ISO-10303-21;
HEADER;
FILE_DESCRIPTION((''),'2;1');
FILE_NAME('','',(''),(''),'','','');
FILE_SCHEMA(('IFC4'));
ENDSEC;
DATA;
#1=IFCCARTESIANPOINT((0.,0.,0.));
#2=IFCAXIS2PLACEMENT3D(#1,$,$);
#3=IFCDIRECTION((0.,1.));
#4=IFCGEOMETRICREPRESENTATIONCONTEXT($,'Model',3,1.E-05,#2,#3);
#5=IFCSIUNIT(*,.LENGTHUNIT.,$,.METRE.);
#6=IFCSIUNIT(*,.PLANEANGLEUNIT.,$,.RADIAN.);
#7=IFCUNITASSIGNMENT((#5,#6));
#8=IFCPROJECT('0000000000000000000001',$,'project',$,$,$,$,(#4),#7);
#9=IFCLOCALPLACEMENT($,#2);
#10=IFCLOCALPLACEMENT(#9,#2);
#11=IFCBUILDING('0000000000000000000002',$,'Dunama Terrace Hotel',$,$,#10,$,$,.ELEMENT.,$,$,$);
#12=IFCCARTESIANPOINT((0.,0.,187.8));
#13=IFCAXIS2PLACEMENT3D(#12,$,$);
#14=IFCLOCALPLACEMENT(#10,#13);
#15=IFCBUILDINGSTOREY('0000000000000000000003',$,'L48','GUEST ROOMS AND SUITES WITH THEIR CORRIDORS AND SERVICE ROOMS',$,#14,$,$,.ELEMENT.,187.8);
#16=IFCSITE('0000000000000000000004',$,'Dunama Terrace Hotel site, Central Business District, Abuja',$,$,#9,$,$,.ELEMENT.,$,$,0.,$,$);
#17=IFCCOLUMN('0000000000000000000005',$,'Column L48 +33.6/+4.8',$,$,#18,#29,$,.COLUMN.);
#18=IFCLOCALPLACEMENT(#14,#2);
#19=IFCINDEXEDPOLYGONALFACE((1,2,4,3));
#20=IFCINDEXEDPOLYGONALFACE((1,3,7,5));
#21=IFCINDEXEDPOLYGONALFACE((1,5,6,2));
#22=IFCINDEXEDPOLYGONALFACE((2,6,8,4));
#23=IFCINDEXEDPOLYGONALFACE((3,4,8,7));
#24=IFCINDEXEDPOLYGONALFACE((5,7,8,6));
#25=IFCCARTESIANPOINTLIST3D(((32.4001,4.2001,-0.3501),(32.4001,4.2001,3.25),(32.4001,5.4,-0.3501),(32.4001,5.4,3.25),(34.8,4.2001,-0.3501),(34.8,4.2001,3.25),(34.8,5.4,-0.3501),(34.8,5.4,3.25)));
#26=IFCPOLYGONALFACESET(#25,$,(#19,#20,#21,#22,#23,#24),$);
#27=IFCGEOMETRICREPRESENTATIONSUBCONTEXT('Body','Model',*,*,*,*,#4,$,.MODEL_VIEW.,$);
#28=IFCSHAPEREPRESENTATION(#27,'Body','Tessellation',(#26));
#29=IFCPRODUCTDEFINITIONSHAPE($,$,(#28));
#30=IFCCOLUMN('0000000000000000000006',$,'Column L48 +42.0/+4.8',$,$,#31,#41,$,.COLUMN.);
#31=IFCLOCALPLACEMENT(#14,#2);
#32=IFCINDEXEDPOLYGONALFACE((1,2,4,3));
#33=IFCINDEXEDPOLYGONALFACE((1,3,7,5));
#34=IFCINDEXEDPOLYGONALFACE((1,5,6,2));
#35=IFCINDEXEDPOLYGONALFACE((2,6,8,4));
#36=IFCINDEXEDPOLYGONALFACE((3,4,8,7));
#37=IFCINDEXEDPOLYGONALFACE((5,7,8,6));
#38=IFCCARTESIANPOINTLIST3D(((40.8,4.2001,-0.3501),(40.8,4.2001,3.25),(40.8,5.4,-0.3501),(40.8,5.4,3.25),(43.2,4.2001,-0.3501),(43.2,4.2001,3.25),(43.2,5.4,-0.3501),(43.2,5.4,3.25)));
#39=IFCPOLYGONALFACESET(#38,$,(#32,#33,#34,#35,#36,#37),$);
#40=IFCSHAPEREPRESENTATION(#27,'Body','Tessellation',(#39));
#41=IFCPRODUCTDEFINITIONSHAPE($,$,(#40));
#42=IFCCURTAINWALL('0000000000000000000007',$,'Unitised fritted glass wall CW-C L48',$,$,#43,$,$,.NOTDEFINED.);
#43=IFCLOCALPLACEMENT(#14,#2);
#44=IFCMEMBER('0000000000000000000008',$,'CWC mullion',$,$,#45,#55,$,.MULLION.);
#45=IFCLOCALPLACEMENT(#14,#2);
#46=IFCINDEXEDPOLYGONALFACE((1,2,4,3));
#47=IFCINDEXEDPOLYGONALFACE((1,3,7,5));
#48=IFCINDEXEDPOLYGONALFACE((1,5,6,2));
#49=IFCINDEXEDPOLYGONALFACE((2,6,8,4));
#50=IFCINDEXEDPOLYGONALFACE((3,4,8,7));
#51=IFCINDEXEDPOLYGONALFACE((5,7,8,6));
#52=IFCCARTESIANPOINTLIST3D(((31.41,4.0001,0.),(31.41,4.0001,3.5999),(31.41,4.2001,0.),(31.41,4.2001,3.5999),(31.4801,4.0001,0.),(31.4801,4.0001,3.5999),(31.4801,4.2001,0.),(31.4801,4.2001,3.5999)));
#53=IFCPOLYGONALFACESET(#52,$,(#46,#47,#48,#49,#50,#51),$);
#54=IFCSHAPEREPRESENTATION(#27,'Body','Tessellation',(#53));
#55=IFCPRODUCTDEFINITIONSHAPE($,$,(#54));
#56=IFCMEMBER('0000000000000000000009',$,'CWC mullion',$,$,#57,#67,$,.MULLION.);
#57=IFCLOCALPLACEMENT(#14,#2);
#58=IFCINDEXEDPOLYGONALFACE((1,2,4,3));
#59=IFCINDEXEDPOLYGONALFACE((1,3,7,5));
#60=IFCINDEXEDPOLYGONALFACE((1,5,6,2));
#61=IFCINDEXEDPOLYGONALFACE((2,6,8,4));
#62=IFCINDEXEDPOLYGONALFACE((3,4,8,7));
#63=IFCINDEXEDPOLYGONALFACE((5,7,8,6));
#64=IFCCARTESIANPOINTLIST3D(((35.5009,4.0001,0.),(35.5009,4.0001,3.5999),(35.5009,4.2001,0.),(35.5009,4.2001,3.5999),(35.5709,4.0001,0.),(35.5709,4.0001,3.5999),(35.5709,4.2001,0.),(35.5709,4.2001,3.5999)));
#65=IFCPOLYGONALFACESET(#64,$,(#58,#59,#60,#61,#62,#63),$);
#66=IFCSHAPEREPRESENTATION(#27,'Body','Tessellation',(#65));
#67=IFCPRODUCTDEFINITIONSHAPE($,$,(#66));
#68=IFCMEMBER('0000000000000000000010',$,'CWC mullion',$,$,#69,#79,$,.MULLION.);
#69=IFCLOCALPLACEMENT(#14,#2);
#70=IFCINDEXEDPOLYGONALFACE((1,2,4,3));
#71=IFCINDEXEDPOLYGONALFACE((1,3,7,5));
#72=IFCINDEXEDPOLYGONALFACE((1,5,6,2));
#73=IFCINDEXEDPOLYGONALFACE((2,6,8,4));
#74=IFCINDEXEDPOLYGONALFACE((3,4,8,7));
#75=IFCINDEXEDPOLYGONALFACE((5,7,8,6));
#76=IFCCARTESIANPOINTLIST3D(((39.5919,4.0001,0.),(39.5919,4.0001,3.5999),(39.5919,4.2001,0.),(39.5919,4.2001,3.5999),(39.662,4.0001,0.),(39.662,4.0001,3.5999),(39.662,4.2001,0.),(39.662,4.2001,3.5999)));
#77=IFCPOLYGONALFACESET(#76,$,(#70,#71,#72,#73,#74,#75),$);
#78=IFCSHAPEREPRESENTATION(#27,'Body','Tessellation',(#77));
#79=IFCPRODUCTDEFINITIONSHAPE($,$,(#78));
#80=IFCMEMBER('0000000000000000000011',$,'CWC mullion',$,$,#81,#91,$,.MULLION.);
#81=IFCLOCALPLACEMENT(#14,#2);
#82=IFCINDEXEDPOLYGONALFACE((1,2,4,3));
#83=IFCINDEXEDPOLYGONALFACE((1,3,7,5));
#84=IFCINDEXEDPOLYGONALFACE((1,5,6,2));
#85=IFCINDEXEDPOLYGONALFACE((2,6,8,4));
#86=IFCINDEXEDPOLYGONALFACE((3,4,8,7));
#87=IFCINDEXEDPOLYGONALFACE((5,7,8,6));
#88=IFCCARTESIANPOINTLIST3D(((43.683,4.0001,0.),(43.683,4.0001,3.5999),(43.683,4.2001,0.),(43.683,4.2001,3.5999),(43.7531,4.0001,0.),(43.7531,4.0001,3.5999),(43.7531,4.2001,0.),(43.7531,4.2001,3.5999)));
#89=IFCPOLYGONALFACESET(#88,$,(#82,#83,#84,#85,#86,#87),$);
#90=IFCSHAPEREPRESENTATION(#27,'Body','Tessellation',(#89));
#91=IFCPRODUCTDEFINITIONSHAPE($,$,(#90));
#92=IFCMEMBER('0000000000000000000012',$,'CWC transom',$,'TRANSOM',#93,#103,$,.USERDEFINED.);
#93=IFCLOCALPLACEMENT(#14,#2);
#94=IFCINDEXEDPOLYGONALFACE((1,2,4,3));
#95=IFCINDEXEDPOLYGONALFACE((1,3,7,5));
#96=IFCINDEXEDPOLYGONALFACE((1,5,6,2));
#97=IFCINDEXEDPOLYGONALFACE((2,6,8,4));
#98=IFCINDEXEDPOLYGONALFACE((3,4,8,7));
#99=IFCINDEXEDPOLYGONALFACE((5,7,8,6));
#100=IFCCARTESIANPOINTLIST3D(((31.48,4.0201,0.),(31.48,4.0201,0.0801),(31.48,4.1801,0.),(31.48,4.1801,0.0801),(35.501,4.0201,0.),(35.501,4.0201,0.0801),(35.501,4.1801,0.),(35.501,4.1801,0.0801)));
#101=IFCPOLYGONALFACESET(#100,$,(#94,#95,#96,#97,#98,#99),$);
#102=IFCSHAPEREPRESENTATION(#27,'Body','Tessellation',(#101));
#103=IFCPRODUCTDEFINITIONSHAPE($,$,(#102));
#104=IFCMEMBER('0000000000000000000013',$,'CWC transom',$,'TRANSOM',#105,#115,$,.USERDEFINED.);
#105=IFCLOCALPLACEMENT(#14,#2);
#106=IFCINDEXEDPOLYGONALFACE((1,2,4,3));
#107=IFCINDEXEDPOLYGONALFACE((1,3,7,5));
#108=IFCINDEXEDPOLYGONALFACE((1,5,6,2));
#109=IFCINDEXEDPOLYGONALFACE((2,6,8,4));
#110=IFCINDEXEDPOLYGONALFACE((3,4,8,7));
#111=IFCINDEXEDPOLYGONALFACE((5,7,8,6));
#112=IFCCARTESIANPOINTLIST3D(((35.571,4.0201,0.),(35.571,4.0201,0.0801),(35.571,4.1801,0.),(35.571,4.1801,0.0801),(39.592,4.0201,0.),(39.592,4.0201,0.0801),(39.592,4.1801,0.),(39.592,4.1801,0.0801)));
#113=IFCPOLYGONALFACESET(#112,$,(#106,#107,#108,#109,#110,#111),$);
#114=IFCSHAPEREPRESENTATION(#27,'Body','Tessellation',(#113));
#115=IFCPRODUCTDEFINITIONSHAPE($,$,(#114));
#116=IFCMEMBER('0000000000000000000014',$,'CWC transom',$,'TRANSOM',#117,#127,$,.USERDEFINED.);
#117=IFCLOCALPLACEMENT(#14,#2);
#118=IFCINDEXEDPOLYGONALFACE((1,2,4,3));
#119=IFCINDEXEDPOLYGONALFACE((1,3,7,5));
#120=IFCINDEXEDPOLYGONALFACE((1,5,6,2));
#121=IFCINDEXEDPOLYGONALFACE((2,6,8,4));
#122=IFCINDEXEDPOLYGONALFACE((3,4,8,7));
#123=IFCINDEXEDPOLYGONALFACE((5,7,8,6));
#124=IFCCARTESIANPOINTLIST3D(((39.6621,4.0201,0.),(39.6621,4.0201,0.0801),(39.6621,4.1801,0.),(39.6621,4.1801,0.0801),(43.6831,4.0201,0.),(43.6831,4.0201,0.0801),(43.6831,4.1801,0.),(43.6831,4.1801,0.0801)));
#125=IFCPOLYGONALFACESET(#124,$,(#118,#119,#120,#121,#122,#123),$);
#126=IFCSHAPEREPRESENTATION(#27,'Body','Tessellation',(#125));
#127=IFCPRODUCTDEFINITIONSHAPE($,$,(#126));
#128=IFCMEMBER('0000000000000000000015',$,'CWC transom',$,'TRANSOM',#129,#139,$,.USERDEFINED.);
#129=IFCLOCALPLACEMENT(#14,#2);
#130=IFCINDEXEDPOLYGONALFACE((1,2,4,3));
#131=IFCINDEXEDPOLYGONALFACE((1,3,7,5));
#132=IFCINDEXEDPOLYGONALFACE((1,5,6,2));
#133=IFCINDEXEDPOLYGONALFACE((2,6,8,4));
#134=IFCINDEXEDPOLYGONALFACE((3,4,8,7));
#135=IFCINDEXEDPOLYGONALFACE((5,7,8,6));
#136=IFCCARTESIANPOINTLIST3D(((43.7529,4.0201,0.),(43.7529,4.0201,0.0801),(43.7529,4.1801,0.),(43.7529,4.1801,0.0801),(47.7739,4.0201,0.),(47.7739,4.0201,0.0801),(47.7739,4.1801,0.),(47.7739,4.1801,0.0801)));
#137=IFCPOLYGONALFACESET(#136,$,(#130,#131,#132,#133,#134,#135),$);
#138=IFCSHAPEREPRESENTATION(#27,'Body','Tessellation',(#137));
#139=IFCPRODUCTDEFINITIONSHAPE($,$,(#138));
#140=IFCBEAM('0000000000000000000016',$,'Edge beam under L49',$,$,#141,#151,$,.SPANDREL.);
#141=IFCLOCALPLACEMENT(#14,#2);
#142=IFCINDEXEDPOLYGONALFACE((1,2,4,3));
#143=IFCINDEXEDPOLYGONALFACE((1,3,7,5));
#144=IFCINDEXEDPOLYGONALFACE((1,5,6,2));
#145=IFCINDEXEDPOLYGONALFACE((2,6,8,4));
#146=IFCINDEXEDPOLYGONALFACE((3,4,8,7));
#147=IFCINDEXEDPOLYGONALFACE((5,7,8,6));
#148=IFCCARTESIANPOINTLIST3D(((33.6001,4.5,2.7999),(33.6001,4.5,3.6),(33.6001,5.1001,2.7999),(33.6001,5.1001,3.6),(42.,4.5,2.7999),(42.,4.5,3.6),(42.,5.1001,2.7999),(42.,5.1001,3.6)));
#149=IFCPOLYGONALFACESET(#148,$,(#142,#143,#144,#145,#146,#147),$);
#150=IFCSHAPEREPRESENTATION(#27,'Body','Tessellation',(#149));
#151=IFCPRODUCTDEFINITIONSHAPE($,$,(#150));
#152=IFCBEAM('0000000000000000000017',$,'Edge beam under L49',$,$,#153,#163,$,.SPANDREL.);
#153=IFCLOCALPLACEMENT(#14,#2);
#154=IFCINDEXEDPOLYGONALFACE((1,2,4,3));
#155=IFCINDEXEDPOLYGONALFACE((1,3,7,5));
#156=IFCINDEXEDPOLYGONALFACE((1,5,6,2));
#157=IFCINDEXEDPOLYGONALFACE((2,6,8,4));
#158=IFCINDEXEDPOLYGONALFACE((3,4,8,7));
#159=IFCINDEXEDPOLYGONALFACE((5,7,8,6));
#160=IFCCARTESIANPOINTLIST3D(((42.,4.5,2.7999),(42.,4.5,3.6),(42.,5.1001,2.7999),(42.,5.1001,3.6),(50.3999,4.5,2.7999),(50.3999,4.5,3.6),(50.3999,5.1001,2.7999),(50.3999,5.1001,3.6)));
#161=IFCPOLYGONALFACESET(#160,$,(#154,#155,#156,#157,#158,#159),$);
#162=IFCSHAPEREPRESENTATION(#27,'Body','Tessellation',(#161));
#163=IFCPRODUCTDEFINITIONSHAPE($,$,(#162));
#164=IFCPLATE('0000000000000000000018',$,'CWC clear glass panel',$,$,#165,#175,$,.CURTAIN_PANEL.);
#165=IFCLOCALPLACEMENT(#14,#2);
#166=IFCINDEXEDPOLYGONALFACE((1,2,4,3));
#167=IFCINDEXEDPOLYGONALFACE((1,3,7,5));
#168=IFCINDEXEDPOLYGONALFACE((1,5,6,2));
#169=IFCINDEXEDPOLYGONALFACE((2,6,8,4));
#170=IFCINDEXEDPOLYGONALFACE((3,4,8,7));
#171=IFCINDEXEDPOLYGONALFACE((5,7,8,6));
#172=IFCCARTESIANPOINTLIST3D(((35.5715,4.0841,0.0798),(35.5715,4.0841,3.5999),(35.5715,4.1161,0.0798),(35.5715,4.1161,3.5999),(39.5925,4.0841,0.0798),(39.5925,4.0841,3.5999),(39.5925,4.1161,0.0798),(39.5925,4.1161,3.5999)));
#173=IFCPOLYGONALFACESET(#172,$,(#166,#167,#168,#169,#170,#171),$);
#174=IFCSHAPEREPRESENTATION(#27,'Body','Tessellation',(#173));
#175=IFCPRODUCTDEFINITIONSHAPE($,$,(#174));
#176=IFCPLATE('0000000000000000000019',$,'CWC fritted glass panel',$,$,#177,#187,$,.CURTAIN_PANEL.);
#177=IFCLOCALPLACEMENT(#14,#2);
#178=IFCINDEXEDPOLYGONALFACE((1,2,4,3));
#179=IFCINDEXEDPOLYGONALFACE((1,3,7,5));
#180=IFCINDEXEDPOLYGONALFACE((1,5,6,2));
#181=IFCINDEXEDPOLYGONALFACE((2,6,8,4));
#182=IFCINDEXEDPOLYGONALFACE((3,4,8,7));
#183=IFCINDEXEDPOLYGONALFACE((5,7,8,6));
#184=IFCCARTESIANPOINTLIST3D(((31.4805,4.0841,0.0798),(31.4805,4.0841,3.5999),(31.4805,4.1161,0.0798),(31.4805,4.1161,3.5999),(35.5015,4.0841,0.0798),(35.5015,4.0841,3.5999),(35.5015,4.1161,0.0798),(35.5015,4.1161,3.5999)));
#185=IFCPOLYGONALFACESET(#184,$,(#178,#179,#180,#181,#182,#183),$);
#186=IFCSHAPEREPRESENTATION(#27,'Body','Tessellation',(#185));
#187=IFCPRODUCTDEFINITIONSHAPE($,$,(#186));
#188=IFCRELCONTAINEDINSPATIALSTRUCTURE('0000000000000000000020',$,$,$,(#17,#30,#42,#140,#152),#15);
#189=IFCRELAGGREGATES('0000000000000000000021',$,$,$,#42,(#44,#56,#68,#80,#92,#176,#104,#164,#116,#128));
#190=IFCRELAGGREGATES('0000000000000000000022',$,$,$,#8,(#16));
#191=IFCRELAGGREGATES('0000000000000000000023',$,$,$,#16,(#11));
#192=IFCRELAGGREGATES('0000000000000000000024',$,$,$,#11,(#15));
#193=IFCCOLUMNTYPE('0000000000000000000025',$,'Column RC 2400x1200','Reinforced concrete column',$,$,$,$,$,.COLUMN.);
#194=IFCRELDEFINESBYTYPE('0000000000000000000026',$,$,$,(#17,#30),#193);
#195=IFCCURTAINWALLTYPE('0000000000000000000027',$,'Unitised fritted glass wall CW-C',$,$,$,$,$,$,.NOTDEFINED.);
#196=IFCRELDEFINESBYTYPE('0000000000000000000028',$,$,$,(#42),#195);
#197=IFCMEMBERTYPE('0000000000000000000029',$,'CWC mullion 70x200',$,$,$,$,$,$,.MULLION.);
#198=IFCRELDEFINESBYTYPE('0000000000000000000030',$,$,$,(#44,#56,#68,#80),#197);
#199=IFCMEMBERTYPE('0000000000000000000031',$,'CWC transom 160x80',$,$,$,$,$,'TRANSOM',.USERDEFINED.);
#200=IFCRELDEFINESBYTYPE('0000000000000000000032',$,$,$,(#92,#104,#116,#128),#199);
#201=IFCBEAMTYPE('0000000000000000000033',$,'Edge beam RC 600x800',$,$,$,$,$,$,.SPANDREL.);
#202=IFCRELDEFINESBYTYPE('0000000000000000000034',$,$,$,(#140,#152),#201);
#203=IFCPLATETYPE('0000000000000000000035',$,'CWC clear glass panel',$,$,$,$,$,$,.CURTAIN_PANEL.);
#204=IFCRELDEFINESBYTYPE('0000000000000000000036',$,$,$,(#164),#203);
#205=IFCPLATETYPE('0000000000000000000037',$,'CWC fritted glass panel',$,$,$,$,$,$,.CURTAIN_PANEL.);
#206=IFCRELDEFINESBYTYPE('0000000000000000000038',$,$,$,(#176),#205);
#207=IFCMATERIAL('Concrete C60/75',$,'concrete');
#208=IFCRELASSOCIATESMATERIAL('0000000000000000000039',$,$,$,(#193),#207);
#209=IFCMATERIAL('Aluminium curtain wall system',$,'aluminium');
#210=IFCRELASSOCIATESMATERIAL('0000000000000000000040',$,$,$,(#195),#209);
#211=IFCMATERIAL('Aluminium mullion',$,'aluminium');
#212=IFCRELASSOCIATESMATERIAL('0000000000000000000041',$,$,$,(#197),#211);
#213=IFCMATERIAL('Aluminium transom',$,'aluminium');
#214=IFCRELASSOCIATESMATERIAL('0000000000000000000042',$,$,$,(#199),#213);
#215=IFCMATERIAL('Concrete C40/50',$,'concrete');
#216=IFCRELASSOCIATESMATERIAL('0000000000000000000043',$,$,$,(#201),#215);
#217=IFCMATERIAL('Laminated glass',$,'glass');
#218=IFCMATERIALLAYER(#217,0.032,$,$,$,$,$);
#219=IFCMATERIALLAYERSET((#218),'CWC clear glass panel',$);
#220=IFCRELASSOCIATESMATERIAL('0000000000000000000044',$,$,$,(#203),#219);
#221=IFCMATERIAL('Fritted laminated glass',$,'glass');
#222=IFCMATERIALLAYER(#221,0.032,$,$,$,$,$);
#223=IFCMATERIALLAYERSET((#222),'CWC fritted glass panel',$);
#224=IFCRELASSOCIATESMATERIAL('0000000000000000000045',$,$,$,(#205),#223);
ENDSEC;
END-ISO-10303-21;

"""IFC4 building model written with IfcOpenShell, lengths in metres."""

from ifc_helpers import new_model, si_unit, direction, frame, origin, origin_2d, place, context, subcontext, project, spatial, rectangle, extrude, material, layer, layer_set, material_profile, profile_set, type_object, element, aggregate, save


model = new_model("IFC4")

# Units and contexts
model_context = context("Model", 3, precision=1e-05, world=origin(), true_north=direction((0.0, 1.0)))
body_context = subcontext(model_context, "Body", "Model", "MODEL_VIEW")
ifc_project = project(units=[si_unit("LENGTHUNIT", "METRE"), si_unit("PLANEANGLEUNIT", "RADIAN")], contexts=[model_context])

# Site, building, storey
site_placement = place(None, origin())
site = spatial("IfcSite", under=ifc_project, at=site_placement, Name="Dunama Terrace Hotel site, Central Business District, Abuja", CompositionType="ELEMENT", RefElevation=0.0)
building_placement = place(site_placement, origin())
building = spatial("IfcBuilding", under=site, at=building_placement, Name="Dunama Terrace Hotel", CompositionType="ELEMENT")
storey_placement = place(building_placement, frame((0.0, 0.0, 187.8)))
storey = spatial("IfcBuildingStorey", under=building, at=storey_placement, Name="L48", Description="GUEST ROOMS AND SUITES WITH THEIR CORRIDORS AND SERVICE ROOMS", CompositionType="ELEMENT", Elevation=187.8)

# Columns
ifc_material_1 = material(Name="Concrete C60/75", Category="concrete")
ifc_material_profile_1 = material_profile(ifc_material_1, rectangle(XDim=2.3999, YDim=1.2, at=origin_2d()), Name="RC 2400x1200")
ifc_profile_set_1 = profile_set([ifc_material_profile_1], Name="Concrete C60/75")
column_type = type_object("IfcColumnType", Name="Column RC 2400x1200", Description="Reinforced concrete column", PredefinedType="COLUMN", material=ifc_profile_set_1)
for number, where, z_axis, x_axis, name in (
    (1, (33.6001, 4.8, -0.3501), (0.0, 0.0, 1.0), (1.0, 0.0, 0.0), "Column L48 +33.6/+4.8"),
    (2, (42.0, 4.8, -0.3501), (0.0, 0.0, 1.0), (1.0, 0.0, 0.0), "Column L48 +42.0/+4.8"),
):
    element("IfcColumn", number, at=place(storey_placement, frame(where, z_axis=z_axis, x_axis=x_axis)), inside=storey, type_object=column_type, Name=name, PredefinedType="COLUMN", context=body_context, shape_type="SweptSolid", body=[
        extrude(rectangle(XDim=2.3999, YDim=1.2, at=origin_2d()), origin(), (0.0, 0.0, 1.0), 3.6001),
    ])

# Curtain wall, members
ifc_material_2 = material(Name="Aluminium curtain wall system", Category="aluminium")
curtain_wall_type = type_object("IfcCurtainWallType", Name="Unitised fritted glass wall CW-C", PredefinedType="NOTDEFINED", material=ifc_material_2)
curtain_wall_placement = place(storey_placement, origin())
curtain_wall = element("IfcCurtainWall", 3, at=curtain_wall_placement, inside=storey, type_object=curtain_wall_type, Name="Unitised fritted glass wall CW-C L48", PredefinedType="NOTDEFINED")
ifc_material_3 = material(Name="Aluminium mullion", Category="aluminium")
ifc_material_profile_2 = material_profile(ifc_material_3, rectangle(XDim=0.0701, YDim=0.2, at=origin_2d()), Name="CWC MULLION 70X200")
ifc_profile_set_2 = profile_set([ifc_material_profile_2], Name="Aluminium mullion")
member_type_1 = type_object("IfcMemberType", Name="CWC mullion 70x200", PredefinedType="MULLION", material=ifc_profile_set_2)
member_1_placement = place(storey_placement, frame((31.4451, 4.1001, 0.0), z_axis=(0.0, 0.0, 1.0), x_axis=(1.0, 0.0, 0.0)))
member_1 = element("IfcMember", 4, at=member_1_placement, type_object=member_type_1, Name="CWC mullion", PredefinedType="MULLION", context=body_context, shape_type="SweptSolid", body=[
    extrude(rectangle(XDim=0.0701, YDim=0.2, at=origin_2d()), origin(), (0.0, 0.0, 1.0), 3.5999),
])
member_2_placement = place(storey_placement, frame((35.5359, 4.1001, 0.0), z_axis=(0.0, 0.0, 1.0), x_axis=(1.0, 0.0, 0.0)))
member_2 = element("IfcMember", 5, at=member_2_placement, type_object=member_type_1, Name="CWC mullion", PredefinedType="MULLION", context=body_context, shape_type="SweptSolid", body=[
    extrude(rectangle(XDim=0.0701, YDim=0.2, at=origin_2d()), origin(), (0.0, 0.0, 1.0), 3.5999),
])
member_3_placement = place(storey_placement, frame((39.627, 4.1001, 0.0), z_axis=(0.0, 0.0, 1.0), x_axis=(1.0, 0.0, 0.0)))
member_3 = element("IfcMember", 6, at=member_3_placement, type_object=member_type_1, Name="CWC mullion", PredefinedType="MULLION", context=body_context, shape_type="SweptSolid", body=[
    extrude(rectangle(XDim=0.0701, YDim=0.2, at=origin_2d()), origin(), (0.0, 0.0, 1.0), 3.5999),
])
member_4_placement = place(storey_placement, frame((43.718, 4.1001, 0.0), z_axis=(0.0, 0.0, 1.0), x_axis=(1.0, 0.0, 0.0)))
member_4 = element("IfcMember", 7, at=member_4_placement, type_object=member_type_1, Name="CWC mullion", PredefinedType="MULLION", context=body_context, shape_type="SweptSolid", body=[
    extrude(rectangle(XDim=0.0701, YDim=0.2, at=origin_2d()), origin(), (0.0, 0.0, 1.0), 3.5999),
])
ifc_material_4 = material(Name="Aluminium transom", Category="aluminium")
ifc_material_profile_3 = material_profile(ifc_material_4, rectangle(XDim=0.1599, YDim=0.0801, at=origin_2d()), Name="CWC TRANSOM 160X80")
ifc_profile_set_3 = profile_set([ifc_material_profile_3], Name="Aluminium transom")
member_type_2 = type_object("IfcMemberType", Name="CWC transom 160x80", ElementType="TRANSOM", PredefinedType="USERDEFINED", material=ifc_profile_set_3)
member_5_placement = place(storey_placement, frame((31.48, 4.1001, 0.04), z_axis=(1.0, 0.0, 0.0), x_axis=(0.0, 1.0, 0.0)))
member_5 = element("IfcMember", 8, at=member_5_placement, type_object=member_type_2, Name="CWC transom", ObjectType="TRANSOM", PredefinedType="USERDEFINED", context=body_context, shape_type="SweptSolid", body=[
    extrude(rectangle(XDim=0.1599, YDim=0.0801, at=origin_2d()), origin(), (0.0, 0.0, 1.0), 4.021),
])
member_6_placement = place(storey_placement, frame((35.571, 4.1001, 0.04), z_axis=(1.0, 0.0, 0.0), x_axis=(0.0, 1.0, 0.0)))
member_6 = element("IfcMember", 9, at=member_6_placement, type_object=member_type_2, Name="CWC transom", ObjectType="TRANSOM", PredefinedType="USERDEFINED", context=body_context, shape_type="SweptSolid", body=[
    extrude(rectangle(XDim=0.1599, YDim=0.0801, at=origin_2d()), origin(), (0.0, 0.0, 1.0), 4.021),
])
member_7_placement = place(storey_placement, frame((39.6621, 4.1001, 0.04), z_axis=(1.0, 0.0, 0.0), x_axis=(0.0, 1.0, 0.0)))
member_7 = element("IfcMember", 10, at=member_7_placement, type_object=member_type_2, Name="CWC transom", ObjectType="TRANSOM", PredefinedType="USERDEFINED", context=body_context, shape_type="SweptSolid", body=[
    extrude(rectangle(XDim=0.1599, YDim=0.0801, at=origin_2d()), origin(), (0.0, 0.0, 1.0), 4.021),
])
member_8_placement = place(storey_placement, frame((43.7529, 4.1001, 0.04), z_axis=(1.0, 0.0, 0.0), x_axis=(0.0, 1.0, 0.0)))
member_8 = element("IfcMember", 11, at=member_8_placement, type_object=member_type_2, Name="CWC transom", ObjectType="TRANSOM", PredefinedType="USERDEFINED", context=body_context, shape_type="SweptSolid", body=[
    extrude(rectangle(XDim=0.1599, YDim=0.0801, at=origin_2d()), origin(), (0.0, 0.0, 1.0), 4.021),
])

# Beams
ifc_material_5 = material(Name="Concrete C40/50", Category="concrete")
ifc_material_profile_4 = material_profile(ifc_material_5, rectangle(XDim=0.6001, YDim=0.8, at=origin_2d()), Name="RC 600x800")
ifc_profile_set_4 = profile_set([ifc_material_profile_4], Name="Concrete C40/50")
beam_type = type_object("IfcBeamType", Name="Edge beam RC 600x800", PredefinedType="SPANDREL", material=ifc_profile_set_4)
for number, where, z_axis, x_axis, name in (
    (12, (33.6001, 4.8, 3.2), (1.0, 0.0, 0.0), (0.0, 1.0, 0.0), "Edge beam under L49"),
    (13, (42.0, 4.8, 3.2), (1.0, 0.0, 0.0), (0.0, 1.0, 0.0), "Edge beam under L49"),
):
    element("IfcBeam", number, at=place(storey_placement, frame(where, z_axis=z_axis, x_axis=x_axis)), inside=storey, type_object=beam_type, Name=name, PredefinedType="SPANDREL", context=body_context, shape_type="SweptSolid", body=[
        extrude(rectangle(XDim=0.6001, YDim=0.8, at=origin_2d()), origin(), (0.0, 0.0, 1.0), 8.3999),
    ])

# Plates
ifc_material_6 = material(Name="Laminated glass", Category="glass")
ifc_layer_1 = layer(ifc_material_6, 0.032)
ifc_layer_set_1 = layer_set([ifc_layer_1], Name="CWC clear glass panel")
plate_type_1 = type_object("IfcPlateType", Name="CWC clear glass panel", PredefinedType="CURTAIN_PANEL", material=ifc_layer_set_1)
plate_1_placement = place(storey_placement, frame((37.582, 4.1001, 0.0798), z_axis=(0.0, 0.0, 1.0), x_axis=(1.0, 0.0, 0.0)))
plate_1 = element("IfcPlate", 14, at=plate_1_placement, type_object=plate_type_1, Name="CWC clear glass panel", PredefinedType="CURTAIN_PANEL", context=body_context, shape_type="SweptSolid", body=[
    extrude(rectangle(XDim=4.021, YDim=0.032, at=origin_2d()), origin(), (0.0, 0.0, 1.0), 3.52),
])
ifc_material_7 = material(Name="Fritted laminated glass", Category="glass")
ifc_layer_2 = layer(ifc_material_7, 0.032)
ifc_layer_set_2 = layer_set([ifc_layer_2], Name="CWC fritted glass panel")
plate_type_2 = type_object("IfcPlateType", Name="CWC fritted glass panel", PredefinedType="CURTAIN_PANEL", material=ifc_layer_set_2)
plate_2_placement = place(storey_placement, frame((33.491, 4.1001, 0.0798), z_axis=(0.0, 0.0, 1.0), x_axis=(1.0, 0.0, 0.0)))
plate_2 = element("IfcPlate", 15, at=plate_2_placement, type_object=plate_type_2, Name="CWC fritted glass panel", PredefinedType="CURTAIN_PANEL", context=body_context, shape_type="SweptSolid", body=[
    extrude(rectangle(XDim=4.021, YDim=0.032, at=origin_2d()), origin(), (0.0, 0.0, 1.0), 3.52),
])
aggregate(curtain_wall, [member_1, member_2, member_3, member_4, member_5, plate_2, member_6, plate_1, member_7, member_8])

save(model, "model.ifc")
